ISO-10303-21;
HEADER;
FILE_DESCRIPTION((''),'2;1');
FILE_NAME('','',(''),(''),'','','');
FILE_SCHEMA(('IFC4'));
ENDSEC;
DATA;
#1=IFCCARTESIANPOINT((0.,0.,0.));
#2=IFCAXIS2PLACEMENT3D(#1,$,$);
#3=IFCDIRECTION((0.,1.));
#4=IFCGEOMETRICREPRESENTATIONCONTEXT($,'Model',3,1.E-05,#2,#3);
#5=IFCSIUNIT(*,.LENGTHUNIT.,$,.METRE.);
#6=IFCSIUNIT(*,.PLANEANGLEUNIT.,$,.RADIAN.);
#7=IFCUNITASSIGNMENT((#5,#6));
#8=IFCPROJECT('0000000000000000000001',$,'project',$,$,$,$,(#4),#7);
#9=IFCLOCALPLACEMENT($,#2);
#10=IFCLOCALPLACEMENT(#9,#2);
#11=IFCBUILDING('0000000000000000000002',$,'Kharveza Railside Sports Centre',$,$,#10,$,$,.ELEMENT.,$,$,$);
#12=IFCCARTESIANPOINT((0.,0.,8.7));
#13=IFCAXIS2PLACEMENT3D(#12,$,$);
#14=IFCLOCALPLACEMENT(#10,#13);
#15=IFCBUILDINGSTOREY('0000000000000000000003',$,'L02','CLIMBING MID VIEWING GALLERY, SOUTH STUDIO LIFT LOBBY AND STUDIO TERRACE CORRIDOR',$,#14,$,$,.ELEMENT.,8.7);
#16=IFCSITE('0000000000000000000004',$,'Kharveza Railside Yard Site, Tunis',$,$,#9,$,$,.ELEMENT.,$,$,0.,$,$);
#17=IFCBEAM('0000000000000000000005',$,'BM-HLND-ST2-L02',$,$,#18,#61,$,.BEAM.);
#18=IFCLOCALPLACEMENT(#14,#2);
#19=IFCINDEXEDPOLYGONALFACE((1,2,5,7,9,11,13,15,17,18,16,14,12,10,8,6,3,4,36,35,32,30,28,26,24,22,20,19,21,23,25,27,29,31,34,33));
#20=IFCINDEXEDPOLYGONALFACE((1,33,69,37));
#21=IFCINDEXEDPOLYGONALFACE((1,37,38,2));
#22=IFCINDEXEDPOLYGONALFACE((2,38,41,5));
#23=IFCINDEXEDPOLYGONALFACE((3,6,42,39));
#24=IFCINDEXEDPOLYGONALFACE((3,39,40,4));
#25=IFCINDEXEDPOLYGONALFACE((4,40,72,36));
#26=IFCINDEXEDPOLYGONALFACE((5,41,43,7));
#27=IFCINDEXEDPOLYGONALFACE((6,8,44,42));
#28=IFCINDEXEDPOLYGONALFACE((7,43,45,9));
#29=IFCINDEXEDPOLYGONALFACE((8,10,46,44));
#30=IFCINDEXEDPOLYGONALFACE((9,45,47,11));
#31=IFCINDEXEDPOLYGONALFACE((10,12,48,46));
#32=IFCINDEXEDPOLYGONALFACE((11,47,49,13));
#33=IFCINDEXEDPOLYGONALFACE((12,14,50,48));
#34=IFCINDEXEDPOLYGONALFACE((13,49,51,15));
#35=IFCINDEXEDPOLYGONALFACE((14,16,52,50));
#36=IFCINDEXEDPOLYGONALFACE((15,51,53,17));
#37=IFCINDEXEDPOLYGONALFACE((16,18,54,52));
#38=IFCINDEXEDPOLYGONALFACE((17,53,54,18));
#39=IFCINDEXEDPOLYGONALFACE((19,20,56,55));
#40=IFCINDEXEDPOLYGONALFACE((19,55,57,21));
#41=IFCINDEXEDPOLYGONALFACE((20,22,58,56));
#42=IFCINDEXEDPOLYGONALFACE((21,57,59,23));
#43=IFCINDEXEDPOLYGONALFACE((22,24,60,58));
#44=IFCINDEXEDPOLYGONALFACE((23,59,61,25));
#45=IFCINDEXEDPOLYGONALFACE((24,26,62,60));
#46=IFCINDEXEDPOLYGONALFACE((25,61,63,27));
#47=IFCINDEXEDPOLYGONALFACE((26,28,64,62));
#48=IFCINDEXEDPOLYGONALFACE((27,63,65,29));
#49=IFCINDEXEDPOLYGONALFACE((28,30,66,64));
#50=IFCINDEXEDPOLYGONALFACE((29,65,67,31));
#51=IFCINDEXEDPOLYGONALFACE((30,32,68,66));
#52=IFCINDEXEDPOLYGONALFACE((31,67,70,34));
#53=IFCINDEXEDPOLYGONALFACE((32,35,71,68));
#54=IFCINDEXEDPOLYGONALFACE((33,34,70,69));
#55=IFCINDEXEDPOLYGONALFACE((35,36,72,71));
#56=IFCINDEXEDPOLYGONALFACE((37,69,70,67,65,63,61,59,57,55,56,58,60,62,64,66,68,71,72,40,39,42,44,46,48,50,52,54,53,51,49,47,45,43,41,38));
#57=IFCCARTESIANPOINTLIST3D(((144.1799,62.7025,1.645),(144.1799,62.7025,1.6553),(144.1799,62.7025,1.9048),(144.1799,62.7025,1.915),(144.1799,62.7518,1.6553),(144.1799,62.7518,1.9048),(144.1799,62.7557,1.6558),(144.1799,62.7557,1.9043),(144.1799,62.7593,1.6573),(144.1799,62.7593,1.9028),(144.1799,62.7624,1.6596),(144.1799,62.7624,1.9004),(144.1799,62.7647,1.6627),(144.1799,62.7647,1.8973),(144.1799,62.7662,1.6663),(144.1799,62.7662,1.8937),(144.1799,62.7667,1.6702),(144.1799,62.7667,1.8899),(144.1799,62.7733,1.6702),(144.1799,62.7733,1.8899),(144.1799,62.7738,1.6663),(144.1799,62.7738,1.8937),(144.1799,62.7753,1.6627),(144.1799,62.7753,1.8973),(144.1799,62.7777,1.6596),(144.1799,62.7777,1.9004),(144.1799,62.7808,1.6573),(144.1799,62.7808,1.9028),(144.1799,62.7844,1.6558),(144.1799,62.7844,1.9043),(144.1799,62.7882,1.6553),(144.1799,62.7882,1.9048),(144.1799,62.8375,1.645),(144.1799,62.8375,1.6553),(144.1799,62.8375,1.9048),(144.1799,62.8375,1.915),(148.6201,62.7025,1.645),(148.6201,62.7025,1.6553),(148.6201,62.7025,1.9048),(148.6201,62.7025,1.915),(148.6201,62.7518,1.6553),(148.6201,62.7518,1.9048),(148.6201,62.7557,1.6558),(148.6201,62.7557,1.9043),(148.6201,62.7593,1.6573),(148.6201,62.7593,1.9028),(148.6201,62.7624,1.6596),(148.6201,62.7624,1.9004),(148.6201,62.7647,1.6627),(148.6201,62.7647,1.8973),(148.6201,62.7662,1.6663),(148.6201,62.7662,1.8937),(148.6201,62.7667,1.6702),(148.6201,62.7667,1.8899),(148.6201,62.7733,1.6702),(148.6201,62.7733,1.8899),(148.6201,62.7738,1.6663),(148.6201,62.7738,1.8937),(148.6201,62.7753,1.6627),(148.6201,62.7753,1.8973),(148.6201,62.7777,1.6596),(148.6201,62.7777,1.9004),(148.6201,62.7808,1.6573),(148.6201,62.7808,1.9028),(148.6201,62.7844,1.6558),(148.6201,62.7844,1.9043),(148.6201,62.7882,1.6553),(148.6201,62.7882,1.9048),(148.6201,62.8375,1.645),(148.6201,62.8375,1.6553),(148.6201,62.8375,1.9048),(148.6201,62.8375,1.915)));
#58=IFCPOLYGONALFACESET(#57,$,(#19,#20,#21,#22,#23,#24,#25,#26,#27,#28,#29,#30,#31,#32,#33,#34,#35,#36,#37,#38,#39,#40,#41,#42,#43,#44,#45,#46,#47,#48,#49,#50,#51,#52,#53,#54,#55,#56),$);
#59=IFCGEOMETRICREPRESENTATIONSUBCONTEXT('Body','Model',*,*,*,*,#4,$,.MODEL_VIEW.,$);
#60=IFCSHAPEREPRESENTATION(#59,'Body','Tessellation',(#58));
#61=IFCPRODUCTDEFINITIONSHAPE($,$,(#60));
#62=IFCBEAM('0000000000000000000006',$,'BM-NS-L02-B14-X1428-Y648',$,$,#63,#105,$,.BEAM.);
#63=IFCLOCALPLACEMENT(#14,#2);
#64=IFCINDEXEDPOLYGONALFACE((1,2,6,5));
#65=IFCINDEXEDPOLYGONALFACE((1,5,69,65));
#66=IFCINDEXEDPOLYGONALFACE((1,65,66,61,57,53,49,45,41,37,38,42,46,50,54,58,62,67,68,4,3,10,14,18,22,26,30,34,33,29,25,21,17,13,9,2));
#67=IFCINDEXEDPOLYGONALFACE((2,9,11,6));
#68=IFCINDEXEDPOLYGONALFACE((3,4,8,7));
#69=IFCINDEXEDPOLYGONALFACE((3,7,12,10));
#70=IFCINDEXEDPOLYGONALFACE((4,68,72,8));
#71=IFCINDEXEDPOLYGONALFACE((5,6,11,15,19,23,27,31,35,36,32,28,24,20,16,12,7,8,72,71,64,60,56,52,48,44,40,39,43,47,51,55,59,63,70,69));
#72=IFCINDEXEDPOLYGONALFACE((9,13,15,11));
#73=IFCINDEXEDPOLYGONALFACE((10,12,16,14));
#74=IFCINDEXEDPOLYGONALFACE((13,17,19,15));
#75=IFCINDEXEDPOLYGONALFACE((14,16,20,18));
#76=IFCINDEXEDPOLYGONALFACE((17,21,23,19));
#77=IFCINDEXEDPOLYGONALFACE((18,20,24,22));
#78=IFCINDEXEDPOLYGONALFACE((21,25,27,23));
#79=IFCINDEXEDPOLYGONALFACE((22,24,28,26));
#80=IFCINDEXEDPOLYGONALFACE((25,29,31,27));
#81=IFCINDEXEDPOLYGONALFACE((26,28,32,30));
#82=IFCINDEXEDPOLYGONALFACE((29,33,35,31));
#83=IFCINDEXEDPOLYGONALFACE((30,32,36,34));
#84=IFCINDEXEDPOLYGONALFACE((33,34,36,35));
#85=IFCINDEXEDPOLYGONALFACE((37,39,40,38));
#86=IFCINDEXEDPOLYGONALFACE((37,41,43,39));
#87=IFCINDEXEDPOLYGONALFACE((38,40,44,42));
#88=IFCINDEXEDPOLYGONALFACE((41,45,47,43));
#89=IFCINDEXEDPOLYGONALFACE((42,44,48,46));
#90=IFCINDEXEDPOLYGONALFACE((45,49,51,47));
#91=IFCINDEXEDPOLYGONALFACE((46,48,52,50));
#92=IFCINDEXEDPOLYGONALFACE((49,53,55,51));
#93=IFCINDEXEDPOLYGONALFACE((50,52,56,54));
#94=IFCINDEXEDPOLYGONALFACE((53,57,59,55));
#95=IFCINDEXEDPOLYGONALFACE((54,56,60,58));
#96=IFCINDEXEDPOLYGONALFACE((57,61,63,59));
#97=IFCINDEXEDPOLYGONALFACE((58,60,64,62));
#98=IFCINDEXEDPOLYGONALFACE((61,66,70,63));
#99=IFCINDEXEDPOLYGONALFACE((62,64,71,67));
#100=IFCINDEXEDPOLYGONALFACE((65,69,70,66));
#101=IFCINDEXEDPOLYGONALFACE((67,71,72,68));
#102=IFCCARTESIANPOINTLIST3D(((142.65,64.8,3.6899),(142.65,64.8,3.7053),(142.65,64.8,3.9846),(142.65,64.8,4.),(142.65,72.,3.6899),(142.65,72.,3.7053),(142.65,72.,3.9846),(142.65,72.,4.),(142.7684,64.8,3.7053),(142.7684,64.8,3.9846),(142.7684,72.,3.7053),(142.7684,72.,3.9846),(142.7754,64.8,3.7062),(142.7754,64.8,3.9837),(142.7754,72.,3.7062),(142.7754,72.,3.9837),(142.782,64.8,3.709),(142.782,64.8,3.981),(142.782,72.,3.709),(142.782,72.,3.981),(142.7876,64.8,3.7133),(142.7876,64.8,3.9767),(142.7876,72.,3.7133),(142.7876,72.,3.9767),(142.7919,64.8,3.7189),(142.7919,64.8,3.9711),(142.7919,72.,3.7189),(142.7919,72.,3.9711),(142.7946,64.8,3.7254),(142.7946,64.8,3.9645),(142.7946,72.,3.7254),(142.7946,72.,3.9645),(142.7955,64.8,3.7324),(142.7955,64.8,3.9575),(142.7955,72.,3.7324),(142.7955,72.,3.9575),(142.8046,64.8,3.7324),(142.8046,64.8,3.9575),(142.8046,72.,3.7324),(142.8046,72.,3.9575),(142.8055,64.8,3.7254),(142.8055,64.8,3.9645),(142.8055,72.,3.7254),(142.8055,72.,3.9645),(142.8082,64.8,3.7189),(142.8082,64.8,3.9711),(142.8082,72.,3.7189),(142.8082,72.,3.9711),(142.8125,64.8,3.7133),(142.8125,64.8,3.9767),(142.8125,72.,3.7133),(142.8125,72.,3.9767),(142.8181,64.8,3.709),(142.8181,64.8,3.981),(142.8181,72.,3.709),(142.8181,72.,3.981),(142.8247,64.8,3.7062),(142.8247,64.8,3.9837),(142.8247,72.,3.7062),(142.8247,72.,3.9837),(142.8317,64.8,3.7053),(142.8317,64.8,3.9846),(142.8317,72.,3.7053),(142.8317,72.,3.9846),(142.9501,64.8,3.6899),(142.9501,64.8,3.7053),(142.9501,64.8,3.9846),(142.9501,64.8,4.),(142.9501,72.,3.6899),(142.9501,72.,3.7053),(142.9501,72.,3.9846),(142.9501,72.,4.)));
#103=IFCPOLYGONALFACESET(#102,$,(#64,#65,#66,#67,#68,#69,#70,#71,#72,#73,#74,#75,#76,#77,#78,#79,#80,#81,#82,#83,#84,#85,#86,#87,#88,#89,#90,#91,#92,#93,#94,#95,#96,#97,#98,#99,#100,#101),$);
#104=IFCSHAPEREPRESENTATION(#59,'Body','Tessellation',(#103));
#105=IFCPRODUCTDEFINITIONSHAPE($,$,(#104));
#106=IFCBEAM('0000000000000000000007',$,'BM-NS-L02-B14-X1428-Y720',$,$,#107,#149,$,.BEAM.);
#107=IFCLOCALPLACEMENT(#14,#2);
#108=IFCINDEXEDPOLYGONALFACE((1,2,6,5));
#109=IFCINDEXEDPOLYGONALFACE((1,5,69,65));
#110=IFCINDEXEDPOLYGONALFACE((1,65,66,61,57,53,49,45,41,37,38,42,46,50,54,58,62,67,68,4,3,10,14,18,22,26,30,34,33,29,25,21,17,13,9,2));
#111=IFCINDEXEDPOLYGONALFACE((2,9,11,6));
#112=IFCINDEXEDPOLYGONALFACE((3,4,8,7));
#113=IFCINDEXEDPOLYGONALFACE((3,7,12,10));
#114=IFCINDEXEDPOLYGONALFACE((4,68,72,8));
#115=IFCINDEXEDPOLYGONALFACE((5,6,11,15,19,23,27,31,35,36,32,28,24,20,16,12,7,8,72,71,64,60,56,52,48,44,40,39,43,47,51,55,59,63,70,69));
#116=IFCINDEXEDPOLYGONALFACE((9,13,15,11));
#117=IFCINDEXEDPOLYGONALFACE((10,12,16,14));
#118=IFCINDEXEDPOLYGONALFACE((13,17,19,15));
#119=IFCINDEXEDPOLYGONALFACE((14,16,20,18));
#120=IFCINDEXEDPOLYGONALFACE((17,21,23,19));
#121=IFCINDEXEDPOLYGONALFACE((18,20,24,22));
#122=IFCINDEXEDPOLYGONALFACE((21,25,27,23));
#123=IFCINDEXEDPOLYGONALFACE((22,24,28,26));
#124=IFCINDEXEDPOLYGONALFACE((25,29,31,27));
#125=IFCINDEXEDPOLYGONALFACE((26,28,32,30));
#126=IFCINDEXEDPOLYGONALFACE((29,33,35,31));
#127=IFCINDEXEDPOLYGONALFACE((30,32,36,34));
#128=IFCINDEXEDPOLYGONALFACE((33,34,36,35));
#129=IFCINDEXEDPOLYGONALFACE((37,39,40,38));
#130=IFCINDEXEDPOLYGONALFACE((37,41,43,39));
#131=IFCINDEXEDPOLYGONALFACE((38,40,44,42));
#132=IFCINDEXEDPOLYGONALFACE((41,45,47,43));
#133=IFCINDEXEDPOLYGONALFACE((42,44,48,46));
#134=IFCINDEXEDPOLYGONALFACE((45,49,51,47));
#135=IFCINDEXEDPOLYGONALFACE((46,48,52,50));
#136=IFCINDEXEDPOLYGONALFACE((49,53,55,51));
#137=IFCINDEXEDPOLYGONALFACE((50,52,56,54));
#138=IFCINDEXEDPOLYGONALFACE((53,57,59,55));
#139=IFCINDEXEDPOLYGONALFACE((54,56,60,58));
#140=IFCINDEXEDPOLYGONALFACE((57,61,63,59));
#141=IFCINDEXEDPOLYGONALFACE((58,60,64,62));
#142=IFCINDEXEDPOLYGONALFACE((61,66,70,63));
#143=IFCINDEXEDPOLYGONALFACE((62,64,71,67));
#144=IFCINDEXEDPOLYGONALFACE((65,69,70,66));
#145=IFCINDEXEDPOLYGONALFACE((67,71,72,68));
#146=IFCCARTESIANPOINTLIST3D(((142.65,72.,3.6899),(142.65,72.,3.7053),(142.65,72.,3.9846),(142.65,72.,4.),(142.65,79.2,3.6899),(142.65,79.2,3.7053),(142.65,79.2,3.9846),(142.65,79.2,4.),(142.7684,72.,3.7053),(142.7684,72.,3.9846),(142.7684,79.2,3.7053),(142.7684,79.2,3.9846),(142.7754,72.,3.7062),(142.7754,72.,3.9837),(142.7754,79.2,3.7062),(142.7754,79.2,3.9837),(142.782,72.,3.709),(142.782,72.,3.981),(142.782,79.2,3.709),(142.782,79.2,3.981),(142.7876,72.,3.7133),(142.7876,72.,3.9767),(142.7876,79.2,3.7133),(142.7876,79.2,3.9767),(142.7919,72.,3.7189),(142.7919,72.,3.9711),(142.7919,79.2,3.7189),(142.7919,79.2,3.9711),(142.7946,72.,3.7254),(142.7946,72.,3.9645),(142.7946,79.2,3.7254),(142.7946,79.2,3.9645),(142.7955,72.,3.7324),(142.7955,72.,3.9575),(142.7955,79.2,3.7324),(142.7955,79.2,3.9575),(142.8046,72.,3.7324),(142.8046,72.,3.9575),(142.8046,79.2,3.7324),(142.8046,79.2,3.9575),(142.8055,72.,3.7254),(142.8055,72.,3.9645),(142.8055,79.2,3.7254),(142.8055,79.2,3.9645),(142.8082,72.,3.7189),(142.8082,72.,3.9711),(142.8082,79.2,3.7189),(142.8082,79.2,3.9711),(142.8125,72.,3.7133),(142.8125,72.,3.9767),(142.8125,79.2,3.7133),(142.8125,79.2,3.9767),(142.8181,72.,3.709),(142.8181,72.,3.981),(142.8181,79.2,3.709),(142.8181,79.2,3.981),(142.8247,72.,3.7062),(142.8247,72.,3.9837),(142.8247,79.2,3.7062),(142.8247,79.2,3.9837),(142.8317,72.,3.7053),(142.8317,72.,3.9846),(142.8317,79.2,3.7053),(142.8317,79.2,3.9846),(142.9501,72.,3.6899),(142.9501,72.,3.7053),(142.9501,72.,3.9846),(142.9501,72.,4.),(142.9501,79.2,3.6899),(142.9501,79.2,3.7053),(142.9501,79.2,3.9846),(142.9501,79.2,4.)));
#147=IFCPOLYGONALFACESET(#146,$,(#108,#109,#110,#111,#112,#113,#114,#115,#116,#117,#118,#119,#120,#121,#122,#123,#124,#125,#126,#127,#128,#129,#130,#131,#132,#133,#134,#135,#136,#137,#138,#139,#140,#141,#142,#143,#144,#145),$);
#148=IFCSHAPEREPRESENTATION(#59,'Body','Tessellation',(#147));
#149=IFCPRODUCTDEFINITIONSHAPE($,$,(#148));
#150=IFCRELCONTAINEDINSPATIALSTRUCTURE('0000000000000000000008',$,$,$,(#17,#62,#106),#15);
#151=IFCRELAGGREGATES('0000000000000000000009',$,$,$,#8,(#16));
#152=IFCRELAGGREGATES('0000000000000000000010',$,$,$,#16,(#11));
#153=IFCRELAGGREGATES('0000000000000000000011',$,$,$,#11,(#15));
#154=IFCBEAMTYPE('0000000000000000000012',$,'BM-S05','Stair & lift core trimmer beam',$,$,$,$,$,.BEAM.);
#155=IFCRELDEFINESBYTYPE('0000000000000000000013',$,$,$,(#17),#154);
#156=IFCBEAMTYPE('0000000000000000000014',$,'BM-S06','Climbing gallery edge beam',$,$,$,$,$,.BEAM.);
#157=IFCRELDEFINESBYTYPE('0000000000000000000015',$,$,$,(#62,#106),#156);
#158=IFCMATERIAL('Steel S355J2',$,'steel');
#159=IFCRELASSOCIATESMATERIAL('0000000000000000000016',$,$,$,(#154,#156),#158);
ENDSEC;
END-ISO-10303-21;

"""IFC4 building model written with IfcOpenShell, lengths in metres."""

from ifc_helpers import new_model, si_unit, direction, frame, origin, origin_2d, place, context, subcontext, project, spatial, i_section, extrude, material, material_profile, profile_set, type_object, element, save


model = new_model("IFC4")

# Units and contexts
model_context = context("Model", 3, precision=1e-05, world=origin(), true_north=direction((0.0, 1.0)))
body_context = subcontext(model_context, "Body", "Model", "MODEL_VIEW")
ifc_project = project(units=[si_unit("LENGTHUNIT", "METRE"), si_unit("PLANEANGLEUNIT", "RADIAN")], contexts=[model_context])

# Site, building, storey
site_placement = place(None, origin())
site = spatial("IfcSite", under=ifc_project, at=site_placement, Name="Kharveza Railside Yard Site, Tunis", CompositionType="ELEMENT", RefElevation=0.0)
building_placement = place(site_placement, origin())
building = spatial("IfcBuilding", under=site, at=building_placement, Name="Kharveza Railside Sports Centre", CompositionType="ELEMENT")
storey_placement = place(building_placement, frame((0.0, 0.0, 8.7)))
storey = spatial("IfcBuildingStorey", under=building, at=storey_placement, Name="L02", Description="CLIMBING MID VIEWING GALLERY, SOUTH STUDIO LIFT LOBBY AND STUDIO TERRACE CORRIDOR", CompositionType="ELEMENT", Elevation=8.7)

# Shared definitions
ifc_material_1 = material(Name="Steel S355J2", Category="steel")

# Beams
ifc_material_profile_1 = material_profile(ifc_material_1, i_section(OverallWidth=0.135, OverallDepth=0.27, WebThickness=0.0066, FlangeThickness=0.0103, FilletRadius=0.0149, at=origin_2d()), Name="IPE 270")
ifc_profile_set_1 = profile_set([ifc_material_profile_1], Name="Steel S355J2")
beam_type_1 = type_object("IfcBeamType", Name="BM-S05", Description="Stair & lift core trimmer beam", PredefinedType="BEAM", material=ifc_profile_set_1)
beam_1_placement = place(storey_placement, frame((144.1799, 62.77, 1.78), z_axis=(1.0, 0.0, 0.0), x_axis=(0.0, 1.0, 0.0)))
element("IfcBeam", 1, at=beam_1_placement, inside=storey, type_object=beam_type_1, Name="BM-HLND-ST2-L02", PredefinedType="BEAM", context=body_context, shape_type="SweptSolid", body=[
    extrude(i_section(OverallWidth=0.135, OverallDepth=0.27, WebThickness=0.0066, FlangeThickness=0.0103, FilletRadius=0.0149, at=origin_2d()), origin(), (0.0, 0.0, 1.0), 4.4402),
])
ifc_material_profile_2 = material_profile(ifc_material_1, i_section(OverallWidth=0.3, OverallDepth=0.3101, WebThickness=0.009, FlangeThickness=0.0154, FilletRadius=0.0271, at=origin_2d()), Name="HEA 320")
ifc_profile_set_2 = profile_set([ifc_material_profile_2], Name="Steel S355J2")
beam_type_2 = type_object("IfcBeamType", Name="BM-S06", Description="Climbing gallery edge beam", PredefinedType="BEAM", material=ifc_profile_set_2)
for number, where, z_axis, x_axis, name in (
    (2, (142.8, 64.8, 3.845), (0.0, 1.0, 0.0), (-1.0, 0.0, 0.0), "BM-NS-L02-B14-X1428-Y648"),
    (3, (142.8, 72.0, 3.845), (0.0, 1.0, 0.0), (-1.0, 0.0, 0.0), "BM-NS-L02-B14-X1428-Y720"),
):
    element("IfcBeam", number, at=place(storey_placement, frame(where, z_axis=z_axis, x_axis=x_axis)), inside=storey, type_object=beam_type_2, Name=name, PredefinedType="BEAM", context=body_context, shape_type="SweptSolid", body=[
        extrude(i_section(OverallWidth=0.3, OverallDepth=0.3101, WebThickness=0.009, FlangeThickness=0.0154, FilletRadius=0.0271, at=origin_2d()), origin(), (0.0, 0.0, 1.0), 7.2),
    ])

save(model, "model.ifc")
